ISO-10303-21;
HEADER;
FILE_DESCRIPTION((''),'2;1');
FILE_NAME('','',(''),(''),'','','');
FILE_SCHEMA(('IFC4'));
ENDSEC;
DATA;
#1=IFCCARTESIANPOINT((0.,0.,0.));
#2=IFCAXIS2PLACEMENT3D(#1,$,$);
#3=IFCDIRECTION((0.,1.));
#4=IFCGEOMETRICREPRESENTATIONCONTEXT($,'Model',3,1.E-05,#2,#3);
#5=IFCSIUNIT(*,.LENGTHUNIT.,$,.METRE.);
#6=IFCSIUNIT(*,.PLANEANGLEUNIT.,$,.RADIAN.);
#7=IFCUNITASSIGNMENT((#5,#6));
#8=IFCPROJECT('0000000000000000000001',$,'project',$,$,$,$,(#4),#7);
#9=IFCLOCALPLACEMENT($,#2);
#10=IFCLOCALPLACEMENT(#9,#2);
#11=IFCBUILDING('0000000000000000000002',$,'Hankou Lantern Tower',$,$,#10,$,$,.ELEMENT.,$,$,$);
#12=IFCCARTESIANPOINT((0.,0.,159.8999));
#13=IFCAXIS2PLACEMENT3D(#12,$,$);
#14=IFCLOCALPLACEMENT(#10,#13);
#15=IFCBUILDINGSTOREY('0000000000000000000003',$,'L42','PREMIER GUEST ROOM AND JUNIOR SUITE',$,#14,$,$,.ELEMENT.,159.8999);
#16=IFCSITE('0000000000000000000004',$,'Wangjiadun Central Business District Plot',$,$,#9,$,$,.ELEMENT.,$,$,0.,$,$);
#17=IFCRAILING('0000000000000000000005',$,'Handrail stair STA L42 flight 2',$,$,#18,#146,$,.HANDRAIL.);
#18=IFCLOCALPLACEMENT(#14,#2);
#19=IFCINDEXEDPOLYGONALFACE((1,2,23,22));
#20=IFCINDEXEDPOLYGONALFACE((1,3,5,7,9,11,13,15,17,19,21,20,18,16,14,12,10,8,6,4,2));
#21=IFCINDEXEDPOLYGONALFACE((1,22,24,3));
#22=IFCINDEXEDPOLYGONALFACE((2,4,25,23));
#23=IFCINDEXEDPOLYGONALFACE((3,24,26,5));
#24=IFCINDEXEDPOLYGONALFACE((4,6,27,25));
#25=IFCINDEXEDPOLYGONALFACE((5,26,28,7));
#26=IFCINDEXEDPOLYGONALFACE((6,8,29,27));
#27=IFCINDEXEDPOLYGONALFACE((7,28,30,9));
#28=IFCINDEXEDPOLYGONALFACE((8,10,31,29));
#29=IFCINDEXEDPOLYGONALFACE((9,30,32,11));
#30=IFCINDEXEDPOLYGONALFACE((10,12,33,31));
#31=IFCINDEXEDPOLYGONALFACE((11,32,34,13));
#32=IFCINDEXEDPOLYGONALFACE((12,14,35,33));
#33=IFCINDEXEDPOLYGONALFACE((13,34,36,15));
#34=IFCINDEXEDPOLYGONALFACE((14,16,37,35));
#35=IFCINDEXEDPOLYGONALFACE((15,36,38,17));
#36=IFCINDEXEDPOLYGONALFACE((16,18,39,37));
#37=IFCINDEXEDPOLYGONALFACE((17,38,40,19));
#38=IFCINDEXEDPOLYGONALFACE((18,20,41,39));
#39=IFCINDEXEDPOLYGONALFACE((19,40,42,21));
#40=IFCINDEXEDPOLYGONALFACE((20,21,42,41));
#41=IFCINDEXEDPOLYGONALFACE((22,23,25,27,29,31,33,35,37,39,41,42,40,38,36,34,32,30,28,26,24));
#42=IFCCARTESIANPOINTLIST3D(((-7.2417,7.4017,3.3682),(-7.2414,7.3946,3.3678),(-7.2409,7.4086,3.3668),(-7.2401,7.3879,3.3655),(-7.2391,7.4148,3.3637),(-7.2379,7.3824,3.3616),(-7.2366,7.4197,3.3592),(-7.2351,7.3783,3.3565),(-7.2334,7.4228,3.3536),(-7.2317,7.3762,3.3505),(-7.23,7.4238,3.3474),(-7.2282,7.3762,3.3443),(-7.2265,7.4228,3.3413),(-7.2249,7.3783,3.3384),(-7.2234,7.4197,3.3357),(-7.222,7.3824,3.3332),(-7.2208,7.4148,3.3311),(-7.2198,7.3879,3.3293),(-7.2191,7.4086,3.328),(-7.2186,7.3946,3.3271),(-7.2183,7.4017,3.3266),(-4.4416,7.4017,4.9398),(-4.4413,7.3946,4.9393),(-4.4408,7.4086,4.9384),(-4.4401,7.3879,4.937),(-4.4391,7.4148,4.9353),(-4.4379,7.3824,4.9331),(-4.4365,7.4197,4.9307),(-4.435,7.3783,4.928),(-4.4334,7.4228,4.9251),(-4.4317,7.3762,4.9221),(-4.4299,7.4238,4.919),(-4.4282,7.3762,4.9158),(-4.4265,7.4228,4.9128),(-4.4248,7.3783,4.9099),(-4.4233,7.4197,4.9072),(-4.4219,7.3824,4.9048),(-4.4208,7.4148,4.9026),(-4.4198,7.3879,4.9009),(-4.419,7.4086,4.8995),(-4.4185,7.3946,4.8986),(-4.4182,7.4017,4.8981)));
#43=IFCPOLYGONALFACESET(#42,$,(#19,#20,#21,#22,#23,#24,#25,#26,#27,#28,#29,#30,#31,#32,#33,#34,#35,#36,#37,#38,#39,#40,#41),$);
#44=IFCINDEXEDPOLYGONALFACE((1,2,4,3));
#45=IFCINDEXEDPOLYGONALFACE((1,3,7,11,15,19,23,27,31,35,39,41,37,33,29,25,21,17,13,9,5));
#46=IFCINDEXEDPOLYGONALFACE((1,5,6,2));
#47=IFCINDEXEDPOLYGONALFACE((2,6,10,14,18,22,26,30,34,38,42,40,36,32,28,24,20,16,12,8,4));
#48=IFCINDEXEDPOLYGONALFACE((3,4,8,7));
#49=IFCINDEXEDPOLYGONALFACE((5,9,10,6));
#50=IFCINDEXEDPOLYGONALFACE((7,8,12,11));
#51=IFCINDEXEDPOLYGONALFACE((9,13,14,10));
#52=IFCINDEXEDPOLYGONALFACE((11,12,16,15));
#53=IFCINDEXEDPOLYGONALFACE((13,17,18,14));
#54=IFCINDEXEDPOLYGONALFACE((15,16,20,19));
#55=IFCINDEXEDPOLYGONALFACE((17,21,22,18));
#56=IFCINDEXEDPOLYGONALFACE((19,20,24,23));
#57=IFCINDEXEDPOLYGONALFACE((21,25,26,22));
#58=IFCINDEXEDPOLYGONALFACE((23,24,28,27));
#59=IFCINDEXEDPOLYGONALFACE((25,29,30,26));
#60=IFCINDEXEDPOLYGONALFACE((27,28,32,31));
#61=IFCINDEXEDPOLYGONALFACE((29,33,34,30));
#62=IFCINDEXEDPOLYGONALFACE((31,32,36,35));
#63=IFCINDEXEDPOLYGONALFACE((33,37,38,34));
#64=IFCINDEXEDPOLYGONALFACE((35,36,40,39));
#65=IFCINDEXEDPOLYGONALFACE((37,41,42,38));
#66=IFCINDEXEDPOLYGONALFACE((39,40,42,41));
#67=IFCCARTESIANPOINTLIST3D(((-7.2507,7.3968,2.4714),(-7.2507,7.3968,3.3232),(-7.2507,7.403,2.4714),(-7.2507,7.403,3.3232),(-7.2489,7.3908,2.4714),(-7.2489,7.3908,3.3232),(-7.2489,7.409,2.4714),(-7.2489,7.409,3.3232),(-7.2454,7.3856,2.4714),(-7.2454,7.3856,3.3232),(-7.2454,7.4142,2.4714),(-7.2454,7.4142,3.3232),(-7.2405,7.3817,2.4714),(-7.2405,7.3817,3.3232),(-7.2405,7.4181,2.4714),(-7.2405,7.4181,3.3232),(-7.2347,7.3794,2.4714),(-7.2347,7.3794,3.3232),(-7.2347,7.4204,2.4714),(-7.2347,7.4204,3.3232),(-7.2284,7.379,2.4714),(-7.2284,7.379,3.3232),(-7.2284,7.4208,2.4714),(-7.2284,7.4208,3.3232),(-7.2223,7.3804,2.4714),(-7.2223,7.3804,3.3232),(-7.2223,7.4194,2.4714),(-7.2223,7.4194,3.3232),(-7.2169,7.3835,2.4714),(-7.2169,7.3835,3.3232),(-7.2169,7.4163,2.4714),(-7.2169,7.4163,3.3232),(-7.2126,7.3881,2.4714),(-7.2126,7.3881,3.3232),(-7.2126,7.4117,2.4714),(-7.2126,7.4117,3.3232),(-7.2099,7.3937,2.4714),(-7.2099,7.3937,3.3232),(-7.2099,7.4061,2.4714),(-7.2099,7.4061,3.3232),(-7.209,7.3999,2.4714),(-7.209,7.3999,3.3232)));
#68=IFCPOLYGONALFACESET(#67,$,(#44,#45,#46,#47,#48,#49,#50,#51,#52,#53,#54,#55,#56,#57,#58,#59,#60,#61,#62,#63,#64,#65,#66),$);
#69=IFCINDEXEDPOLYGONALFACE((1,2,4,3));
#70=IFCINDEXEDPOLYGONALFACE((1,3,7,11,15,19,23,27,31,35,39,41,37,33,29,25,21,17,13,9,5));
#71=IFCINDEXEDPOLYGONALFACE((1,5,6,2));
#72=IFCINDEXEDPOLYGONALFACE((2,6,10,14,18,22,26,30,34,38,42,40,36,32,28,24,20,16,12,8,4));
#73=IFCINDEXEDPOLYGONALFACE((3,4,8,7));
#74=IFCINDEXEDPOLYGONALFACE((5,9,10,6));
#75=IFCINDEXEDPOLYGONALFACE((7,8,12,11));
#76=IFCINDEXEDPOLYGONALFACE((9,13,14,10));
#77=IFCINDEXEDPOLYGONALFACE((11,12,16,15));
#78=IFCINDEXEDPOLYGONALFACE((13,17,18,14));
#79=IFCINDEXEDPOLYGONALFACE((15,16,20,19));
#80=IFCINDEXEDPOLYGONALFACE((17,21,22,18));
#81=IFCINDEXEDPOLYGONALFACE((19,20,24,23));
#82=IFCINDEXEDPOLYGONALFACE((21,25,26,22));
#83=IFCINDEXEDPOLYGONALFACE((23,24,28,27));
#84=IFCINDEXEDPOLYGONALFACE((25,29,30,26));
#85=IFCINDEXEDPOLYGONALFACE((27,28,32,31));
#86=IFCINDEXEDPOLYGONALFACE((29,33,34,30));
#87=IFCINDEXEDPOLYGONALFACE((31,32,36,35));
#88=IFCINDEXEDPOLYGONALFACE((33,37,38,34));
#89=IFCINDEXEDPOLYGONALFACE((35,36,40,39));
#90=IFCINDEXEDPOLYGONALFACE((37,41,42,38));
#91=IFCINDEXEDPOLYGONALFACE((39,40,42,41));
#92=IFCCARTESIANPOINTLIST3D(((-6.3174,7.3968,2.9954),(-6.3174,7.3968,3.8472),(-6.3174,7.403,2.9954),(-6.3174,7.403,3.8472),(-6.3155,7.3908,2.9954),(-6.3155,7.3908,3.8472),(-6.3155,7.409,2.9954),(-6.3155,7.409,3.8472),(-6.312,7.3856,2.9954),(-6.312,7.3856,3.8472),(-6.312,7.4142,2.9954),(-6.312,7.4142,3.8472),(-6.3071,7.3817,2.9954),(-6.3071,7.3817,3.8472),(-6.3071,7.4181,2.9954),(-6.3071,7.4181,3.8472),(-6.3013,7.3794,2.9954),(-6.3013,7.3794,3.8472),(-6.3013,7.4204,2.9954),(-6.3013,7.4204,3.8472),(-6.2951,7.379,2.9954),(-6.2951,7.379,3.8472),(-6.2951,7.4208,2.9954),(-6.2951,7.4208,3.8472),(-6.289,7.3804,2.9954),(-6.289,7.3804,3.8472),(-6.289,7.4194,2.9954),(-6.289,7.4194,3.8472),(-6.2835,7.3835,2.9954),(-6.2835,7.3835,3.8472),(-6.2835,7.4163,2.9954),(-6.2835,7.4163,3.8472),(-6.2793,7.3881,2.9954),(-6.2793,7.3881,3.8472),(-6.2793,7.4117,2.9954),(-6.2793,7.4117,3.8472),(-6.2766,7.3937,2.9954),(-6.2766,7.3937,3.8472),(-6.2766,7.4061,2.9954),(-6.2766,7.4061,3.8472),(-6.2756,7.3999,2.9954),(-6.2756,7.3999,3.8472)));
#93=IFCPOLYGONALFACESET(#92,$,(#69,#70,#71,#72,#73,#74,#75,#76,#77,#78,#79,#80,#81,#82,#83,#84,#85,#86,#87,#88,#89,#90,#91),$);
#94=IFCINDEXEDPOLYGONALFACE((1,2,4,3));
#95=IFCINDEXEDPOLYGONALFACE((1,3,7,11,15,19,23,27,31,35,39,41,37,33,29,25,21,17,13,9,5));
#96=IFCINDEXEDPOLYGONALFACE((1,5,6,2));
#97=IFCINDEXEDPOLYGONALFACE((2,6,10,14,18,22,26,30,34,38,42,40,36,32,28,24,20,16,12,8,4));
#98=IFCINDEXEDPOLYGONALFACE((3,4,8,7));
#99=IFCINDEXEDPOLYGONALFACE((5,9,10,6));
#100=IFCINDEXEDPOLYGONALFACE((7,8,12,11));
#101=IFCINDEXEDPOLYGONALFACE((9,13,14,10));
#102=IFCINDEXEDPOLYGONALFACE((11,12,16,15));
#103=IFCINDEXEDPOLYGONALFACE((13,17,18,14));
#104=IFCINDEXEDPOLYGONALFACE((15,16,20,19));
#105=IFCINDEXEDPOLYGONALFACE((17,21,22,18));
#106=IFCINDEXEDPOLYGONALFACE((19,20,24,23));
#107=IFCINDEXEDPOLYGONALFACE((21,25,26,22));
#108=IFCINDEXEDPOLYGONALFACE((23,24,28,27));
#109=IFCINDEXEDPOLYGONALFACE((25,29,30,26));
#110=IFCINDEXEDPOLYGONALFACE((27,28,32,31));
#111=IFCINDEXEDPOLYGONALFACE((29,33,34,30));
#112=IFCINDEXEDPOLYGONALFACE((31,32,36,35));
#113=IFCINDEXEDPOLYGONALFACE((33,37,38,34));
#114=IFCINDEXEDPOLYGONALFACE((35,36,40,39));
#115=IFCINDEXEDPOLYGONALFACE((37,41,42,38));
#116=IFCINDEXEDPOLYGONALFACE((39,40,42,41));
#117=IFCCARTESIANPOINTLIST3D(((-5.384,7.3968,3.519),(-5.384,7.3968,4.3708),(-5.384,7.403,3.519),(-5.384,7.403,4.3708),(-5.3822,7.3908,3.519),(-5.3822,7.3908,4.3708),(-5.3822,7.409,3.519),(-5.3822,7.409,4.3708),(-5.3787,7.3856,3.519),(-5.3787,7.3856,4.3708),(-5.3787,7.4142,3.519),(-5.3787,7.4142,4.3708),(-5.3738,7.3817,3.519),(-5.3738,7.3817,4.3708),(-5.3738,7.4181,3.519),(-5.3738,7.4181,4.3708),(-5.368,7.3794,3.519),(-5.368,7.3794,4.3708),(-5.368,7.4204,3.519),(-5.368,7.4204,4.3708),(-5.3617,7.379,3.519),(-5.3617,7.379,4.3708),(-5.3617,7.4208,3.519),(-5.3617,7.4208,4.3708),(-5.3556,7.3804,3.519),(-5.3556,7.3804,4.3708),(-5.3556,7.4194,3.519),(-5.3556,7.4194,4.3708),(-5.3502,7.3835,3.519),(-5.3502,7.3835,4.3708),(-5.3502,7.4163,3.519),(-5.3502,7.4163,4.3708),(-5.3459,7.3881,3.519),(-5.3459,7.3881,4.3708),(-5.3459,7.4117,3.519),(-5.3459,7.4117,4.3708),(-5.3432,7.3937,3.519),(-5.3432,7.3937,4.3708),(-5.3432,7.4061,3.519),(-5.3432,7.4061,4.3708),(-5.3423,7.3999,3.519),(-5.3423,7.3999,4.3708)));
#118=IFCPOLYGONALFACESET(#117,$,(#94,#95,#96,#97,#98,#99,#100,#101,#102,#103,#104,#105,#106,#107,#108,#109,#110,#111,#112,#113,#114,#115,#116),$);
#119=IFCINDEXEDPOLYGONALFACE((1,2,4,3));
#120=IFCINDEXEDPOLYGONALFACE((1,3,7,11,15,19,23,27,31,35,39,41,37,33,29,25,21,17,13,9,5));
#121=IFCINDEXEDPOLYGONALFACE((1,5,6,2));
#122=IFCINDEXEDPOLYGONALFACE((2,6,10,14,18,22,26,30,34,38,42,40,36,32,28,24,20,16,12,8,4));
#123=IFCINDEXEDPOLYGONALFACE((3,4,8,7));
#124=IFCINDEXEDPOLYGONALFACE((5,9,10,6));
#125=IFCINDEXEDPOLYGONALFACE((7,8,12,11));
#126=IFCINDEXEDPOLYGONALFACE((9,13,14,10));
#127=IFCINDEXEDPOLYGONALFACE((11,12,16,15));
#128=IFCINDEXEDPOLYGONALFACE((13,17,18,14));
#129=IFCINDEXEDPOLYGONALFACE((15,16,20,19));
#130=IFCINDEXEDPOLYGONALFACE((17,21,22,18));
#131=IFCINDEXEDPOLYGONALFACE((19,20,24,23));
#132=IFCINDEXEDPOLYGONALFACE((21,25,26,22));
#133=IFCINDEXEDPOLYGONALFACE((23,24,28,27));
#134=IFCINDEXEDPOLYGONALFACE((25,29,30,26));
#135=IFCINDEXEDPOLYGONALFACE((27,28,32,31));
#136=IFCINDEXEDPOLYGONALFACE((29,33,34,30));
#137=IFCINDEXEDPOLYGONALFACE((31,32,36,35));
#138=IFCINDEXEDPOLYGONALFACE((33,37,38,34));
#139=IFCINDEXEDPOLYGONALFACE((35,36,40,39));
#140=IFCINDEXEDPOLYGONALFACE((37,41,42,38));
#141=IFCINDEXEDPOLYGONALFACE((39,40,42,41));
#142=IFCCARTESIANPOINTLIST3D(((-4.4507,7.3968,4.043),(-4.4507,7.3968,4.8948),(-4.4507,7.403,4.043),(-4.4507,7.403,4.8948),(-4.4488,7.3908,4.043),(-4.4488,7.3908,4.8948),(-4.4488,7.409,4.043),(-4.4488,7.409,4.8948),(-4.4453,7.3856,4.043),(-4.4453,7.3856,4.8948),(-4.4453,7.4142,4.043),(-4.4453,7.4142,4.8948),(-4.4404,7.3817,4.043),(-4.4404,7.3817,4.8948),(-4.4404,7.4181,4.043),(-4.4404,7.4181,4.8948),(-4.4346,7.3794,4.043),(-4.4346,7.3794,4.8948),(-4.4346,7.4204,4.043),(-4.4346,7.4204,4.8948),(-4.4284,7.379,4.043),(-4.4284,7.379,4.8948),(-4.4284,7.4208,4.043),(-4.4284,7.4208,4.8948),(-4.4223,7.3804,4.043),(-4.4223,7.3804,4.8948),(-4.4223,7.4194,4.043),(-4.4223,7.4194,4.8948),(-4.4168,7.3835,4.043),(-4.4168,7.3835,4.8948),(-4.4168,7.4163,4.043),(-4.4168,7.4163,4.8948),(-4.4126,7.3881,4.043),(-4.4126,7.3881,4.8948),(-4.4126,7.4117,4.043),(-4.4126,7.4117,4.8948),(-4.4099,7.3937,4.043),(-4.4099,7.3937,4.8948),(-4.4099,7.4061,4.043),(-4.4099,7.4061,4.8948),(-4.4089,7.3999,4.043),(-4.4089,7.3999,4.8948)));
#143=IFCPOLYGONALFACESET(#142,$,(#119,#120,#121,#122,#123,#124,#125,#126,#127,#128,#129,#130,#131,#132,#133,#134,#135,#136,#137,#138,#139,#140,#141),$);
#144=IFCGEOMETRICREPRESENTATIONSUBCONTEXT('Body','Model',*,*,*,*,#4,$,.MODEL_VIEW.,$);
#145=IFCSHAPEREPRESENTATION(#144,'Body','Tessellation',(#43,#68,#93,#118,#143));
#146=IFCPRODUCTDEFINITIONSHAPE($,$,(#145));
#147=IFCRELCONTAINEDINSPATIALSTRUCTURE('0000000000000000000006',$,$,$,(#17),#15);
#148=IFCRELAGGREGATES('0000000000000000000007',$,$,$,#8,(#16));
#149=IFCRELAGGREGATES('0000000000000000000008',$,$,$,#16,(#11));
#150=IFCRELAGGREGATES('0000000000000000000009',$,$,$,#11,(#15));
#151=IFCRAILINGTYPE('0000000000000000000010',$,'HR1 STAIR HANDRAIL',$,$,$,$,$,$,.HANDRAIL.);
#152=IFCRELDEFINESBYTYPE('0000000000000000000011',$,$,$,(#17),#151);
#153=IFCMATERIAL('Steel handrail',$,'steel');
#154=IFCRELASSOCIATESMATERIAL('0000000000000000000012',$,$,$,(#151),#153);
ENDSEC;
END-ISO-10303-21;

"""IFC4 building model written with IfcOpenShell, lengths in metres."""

from ifc_helpers import new_model, si_unit, direction, frame, origin, origin_2d, place, context, subcontext, project, spatial, circle, extrude, material, type_object, element, save


model = new_model("IFC4")

# Units and contexts
model_context = context("Model", 3, precision=1e-05, world=origin(), true_north=direction((0.0, 1.0)))
body_context = subcontext(model_context, "Body", "Model", "MODEL_VIEW")
ifc_project = project(units=[si_unit("LENGTHUNIT", "METRE"), si_unit("PLANEANGLEUNIT", "RADIAN")], contexts=[model_context])

# Site, building, storey
site_placement = place(None, origin())
site = spatial("IfcSite", under=ifc_project, at=site_placement, Name="Wangjiadun Central Business District Plot", CompositionType="ELEMENT", RefElevation=0.0)
building_placement = place(site_placement, origin())
building = spatial("IfcBuilding", under=site, at=building_placement, Name="Hankou Lantern Tower", CompositionType="ELEMENT")
storey_placement = place(building_placement, frame((0.0, 0.0, 159.8999)))
storey = spatial("IfcBuildingStorey", under=building, at=storey_placement, Name="L42", Description="PREMIER GUEST ROOM AND JUNIOR SUITE", CompositionType="ELEMENT", Elevation=159.8999)

# Railing
ifc_material_1 = material(Name="Steel handrail", Category="steel")
railing_type = type_object("IfcRailingType", Name="HR1 STAIR HANDRAIL", PredefinedType="HANDRAIL", material=ifc_material_1)
railing_placement = place(storey_placement, frame((-7.23, 7.3999, 2.4714)))
element("IfcRailing", 1, at=railing_placement, inside=storey, type_object=railing_type, Name="Handrail stair STA L42 flight 2", PredefinedType="HANDRAIL", context=body_context, shape_type="SweptSolid", body=[
    extrude(circle(Radius=0.0239, at=origin_2d()), frame((0.0, 0.0, 0.876), z_axis=(0.87204, 0.0, 0.489434), x_axis=(0.0, 1.0, 0.0)), (0.0, 0.0, 1.0), 3.2109),
    extrude(circle(Radius=0.021, at=origin_2d()), origin(), (0.0, 0.0, 1.0), 0.8518),
    extrude(circle(Radius=0.021, at=origin_2d()), frame((0.9333, 0.0, 0.5239)), (0.0, 0.0, 1.0), 0.8518),
    extrude(circle(Radius=0.021, at=origin_2d()), frame((1.8667, 0.0, 1.0476)), (0.0, 0.0, 1.0), 0.8518),
    extrude(circle(Radius=0.021, at=origin_2d()), frame((2.8, 0.0, 1.5715)), (0.0, 0.0, 1.0), 0.8518),
])

save(model, "model.ifc")
